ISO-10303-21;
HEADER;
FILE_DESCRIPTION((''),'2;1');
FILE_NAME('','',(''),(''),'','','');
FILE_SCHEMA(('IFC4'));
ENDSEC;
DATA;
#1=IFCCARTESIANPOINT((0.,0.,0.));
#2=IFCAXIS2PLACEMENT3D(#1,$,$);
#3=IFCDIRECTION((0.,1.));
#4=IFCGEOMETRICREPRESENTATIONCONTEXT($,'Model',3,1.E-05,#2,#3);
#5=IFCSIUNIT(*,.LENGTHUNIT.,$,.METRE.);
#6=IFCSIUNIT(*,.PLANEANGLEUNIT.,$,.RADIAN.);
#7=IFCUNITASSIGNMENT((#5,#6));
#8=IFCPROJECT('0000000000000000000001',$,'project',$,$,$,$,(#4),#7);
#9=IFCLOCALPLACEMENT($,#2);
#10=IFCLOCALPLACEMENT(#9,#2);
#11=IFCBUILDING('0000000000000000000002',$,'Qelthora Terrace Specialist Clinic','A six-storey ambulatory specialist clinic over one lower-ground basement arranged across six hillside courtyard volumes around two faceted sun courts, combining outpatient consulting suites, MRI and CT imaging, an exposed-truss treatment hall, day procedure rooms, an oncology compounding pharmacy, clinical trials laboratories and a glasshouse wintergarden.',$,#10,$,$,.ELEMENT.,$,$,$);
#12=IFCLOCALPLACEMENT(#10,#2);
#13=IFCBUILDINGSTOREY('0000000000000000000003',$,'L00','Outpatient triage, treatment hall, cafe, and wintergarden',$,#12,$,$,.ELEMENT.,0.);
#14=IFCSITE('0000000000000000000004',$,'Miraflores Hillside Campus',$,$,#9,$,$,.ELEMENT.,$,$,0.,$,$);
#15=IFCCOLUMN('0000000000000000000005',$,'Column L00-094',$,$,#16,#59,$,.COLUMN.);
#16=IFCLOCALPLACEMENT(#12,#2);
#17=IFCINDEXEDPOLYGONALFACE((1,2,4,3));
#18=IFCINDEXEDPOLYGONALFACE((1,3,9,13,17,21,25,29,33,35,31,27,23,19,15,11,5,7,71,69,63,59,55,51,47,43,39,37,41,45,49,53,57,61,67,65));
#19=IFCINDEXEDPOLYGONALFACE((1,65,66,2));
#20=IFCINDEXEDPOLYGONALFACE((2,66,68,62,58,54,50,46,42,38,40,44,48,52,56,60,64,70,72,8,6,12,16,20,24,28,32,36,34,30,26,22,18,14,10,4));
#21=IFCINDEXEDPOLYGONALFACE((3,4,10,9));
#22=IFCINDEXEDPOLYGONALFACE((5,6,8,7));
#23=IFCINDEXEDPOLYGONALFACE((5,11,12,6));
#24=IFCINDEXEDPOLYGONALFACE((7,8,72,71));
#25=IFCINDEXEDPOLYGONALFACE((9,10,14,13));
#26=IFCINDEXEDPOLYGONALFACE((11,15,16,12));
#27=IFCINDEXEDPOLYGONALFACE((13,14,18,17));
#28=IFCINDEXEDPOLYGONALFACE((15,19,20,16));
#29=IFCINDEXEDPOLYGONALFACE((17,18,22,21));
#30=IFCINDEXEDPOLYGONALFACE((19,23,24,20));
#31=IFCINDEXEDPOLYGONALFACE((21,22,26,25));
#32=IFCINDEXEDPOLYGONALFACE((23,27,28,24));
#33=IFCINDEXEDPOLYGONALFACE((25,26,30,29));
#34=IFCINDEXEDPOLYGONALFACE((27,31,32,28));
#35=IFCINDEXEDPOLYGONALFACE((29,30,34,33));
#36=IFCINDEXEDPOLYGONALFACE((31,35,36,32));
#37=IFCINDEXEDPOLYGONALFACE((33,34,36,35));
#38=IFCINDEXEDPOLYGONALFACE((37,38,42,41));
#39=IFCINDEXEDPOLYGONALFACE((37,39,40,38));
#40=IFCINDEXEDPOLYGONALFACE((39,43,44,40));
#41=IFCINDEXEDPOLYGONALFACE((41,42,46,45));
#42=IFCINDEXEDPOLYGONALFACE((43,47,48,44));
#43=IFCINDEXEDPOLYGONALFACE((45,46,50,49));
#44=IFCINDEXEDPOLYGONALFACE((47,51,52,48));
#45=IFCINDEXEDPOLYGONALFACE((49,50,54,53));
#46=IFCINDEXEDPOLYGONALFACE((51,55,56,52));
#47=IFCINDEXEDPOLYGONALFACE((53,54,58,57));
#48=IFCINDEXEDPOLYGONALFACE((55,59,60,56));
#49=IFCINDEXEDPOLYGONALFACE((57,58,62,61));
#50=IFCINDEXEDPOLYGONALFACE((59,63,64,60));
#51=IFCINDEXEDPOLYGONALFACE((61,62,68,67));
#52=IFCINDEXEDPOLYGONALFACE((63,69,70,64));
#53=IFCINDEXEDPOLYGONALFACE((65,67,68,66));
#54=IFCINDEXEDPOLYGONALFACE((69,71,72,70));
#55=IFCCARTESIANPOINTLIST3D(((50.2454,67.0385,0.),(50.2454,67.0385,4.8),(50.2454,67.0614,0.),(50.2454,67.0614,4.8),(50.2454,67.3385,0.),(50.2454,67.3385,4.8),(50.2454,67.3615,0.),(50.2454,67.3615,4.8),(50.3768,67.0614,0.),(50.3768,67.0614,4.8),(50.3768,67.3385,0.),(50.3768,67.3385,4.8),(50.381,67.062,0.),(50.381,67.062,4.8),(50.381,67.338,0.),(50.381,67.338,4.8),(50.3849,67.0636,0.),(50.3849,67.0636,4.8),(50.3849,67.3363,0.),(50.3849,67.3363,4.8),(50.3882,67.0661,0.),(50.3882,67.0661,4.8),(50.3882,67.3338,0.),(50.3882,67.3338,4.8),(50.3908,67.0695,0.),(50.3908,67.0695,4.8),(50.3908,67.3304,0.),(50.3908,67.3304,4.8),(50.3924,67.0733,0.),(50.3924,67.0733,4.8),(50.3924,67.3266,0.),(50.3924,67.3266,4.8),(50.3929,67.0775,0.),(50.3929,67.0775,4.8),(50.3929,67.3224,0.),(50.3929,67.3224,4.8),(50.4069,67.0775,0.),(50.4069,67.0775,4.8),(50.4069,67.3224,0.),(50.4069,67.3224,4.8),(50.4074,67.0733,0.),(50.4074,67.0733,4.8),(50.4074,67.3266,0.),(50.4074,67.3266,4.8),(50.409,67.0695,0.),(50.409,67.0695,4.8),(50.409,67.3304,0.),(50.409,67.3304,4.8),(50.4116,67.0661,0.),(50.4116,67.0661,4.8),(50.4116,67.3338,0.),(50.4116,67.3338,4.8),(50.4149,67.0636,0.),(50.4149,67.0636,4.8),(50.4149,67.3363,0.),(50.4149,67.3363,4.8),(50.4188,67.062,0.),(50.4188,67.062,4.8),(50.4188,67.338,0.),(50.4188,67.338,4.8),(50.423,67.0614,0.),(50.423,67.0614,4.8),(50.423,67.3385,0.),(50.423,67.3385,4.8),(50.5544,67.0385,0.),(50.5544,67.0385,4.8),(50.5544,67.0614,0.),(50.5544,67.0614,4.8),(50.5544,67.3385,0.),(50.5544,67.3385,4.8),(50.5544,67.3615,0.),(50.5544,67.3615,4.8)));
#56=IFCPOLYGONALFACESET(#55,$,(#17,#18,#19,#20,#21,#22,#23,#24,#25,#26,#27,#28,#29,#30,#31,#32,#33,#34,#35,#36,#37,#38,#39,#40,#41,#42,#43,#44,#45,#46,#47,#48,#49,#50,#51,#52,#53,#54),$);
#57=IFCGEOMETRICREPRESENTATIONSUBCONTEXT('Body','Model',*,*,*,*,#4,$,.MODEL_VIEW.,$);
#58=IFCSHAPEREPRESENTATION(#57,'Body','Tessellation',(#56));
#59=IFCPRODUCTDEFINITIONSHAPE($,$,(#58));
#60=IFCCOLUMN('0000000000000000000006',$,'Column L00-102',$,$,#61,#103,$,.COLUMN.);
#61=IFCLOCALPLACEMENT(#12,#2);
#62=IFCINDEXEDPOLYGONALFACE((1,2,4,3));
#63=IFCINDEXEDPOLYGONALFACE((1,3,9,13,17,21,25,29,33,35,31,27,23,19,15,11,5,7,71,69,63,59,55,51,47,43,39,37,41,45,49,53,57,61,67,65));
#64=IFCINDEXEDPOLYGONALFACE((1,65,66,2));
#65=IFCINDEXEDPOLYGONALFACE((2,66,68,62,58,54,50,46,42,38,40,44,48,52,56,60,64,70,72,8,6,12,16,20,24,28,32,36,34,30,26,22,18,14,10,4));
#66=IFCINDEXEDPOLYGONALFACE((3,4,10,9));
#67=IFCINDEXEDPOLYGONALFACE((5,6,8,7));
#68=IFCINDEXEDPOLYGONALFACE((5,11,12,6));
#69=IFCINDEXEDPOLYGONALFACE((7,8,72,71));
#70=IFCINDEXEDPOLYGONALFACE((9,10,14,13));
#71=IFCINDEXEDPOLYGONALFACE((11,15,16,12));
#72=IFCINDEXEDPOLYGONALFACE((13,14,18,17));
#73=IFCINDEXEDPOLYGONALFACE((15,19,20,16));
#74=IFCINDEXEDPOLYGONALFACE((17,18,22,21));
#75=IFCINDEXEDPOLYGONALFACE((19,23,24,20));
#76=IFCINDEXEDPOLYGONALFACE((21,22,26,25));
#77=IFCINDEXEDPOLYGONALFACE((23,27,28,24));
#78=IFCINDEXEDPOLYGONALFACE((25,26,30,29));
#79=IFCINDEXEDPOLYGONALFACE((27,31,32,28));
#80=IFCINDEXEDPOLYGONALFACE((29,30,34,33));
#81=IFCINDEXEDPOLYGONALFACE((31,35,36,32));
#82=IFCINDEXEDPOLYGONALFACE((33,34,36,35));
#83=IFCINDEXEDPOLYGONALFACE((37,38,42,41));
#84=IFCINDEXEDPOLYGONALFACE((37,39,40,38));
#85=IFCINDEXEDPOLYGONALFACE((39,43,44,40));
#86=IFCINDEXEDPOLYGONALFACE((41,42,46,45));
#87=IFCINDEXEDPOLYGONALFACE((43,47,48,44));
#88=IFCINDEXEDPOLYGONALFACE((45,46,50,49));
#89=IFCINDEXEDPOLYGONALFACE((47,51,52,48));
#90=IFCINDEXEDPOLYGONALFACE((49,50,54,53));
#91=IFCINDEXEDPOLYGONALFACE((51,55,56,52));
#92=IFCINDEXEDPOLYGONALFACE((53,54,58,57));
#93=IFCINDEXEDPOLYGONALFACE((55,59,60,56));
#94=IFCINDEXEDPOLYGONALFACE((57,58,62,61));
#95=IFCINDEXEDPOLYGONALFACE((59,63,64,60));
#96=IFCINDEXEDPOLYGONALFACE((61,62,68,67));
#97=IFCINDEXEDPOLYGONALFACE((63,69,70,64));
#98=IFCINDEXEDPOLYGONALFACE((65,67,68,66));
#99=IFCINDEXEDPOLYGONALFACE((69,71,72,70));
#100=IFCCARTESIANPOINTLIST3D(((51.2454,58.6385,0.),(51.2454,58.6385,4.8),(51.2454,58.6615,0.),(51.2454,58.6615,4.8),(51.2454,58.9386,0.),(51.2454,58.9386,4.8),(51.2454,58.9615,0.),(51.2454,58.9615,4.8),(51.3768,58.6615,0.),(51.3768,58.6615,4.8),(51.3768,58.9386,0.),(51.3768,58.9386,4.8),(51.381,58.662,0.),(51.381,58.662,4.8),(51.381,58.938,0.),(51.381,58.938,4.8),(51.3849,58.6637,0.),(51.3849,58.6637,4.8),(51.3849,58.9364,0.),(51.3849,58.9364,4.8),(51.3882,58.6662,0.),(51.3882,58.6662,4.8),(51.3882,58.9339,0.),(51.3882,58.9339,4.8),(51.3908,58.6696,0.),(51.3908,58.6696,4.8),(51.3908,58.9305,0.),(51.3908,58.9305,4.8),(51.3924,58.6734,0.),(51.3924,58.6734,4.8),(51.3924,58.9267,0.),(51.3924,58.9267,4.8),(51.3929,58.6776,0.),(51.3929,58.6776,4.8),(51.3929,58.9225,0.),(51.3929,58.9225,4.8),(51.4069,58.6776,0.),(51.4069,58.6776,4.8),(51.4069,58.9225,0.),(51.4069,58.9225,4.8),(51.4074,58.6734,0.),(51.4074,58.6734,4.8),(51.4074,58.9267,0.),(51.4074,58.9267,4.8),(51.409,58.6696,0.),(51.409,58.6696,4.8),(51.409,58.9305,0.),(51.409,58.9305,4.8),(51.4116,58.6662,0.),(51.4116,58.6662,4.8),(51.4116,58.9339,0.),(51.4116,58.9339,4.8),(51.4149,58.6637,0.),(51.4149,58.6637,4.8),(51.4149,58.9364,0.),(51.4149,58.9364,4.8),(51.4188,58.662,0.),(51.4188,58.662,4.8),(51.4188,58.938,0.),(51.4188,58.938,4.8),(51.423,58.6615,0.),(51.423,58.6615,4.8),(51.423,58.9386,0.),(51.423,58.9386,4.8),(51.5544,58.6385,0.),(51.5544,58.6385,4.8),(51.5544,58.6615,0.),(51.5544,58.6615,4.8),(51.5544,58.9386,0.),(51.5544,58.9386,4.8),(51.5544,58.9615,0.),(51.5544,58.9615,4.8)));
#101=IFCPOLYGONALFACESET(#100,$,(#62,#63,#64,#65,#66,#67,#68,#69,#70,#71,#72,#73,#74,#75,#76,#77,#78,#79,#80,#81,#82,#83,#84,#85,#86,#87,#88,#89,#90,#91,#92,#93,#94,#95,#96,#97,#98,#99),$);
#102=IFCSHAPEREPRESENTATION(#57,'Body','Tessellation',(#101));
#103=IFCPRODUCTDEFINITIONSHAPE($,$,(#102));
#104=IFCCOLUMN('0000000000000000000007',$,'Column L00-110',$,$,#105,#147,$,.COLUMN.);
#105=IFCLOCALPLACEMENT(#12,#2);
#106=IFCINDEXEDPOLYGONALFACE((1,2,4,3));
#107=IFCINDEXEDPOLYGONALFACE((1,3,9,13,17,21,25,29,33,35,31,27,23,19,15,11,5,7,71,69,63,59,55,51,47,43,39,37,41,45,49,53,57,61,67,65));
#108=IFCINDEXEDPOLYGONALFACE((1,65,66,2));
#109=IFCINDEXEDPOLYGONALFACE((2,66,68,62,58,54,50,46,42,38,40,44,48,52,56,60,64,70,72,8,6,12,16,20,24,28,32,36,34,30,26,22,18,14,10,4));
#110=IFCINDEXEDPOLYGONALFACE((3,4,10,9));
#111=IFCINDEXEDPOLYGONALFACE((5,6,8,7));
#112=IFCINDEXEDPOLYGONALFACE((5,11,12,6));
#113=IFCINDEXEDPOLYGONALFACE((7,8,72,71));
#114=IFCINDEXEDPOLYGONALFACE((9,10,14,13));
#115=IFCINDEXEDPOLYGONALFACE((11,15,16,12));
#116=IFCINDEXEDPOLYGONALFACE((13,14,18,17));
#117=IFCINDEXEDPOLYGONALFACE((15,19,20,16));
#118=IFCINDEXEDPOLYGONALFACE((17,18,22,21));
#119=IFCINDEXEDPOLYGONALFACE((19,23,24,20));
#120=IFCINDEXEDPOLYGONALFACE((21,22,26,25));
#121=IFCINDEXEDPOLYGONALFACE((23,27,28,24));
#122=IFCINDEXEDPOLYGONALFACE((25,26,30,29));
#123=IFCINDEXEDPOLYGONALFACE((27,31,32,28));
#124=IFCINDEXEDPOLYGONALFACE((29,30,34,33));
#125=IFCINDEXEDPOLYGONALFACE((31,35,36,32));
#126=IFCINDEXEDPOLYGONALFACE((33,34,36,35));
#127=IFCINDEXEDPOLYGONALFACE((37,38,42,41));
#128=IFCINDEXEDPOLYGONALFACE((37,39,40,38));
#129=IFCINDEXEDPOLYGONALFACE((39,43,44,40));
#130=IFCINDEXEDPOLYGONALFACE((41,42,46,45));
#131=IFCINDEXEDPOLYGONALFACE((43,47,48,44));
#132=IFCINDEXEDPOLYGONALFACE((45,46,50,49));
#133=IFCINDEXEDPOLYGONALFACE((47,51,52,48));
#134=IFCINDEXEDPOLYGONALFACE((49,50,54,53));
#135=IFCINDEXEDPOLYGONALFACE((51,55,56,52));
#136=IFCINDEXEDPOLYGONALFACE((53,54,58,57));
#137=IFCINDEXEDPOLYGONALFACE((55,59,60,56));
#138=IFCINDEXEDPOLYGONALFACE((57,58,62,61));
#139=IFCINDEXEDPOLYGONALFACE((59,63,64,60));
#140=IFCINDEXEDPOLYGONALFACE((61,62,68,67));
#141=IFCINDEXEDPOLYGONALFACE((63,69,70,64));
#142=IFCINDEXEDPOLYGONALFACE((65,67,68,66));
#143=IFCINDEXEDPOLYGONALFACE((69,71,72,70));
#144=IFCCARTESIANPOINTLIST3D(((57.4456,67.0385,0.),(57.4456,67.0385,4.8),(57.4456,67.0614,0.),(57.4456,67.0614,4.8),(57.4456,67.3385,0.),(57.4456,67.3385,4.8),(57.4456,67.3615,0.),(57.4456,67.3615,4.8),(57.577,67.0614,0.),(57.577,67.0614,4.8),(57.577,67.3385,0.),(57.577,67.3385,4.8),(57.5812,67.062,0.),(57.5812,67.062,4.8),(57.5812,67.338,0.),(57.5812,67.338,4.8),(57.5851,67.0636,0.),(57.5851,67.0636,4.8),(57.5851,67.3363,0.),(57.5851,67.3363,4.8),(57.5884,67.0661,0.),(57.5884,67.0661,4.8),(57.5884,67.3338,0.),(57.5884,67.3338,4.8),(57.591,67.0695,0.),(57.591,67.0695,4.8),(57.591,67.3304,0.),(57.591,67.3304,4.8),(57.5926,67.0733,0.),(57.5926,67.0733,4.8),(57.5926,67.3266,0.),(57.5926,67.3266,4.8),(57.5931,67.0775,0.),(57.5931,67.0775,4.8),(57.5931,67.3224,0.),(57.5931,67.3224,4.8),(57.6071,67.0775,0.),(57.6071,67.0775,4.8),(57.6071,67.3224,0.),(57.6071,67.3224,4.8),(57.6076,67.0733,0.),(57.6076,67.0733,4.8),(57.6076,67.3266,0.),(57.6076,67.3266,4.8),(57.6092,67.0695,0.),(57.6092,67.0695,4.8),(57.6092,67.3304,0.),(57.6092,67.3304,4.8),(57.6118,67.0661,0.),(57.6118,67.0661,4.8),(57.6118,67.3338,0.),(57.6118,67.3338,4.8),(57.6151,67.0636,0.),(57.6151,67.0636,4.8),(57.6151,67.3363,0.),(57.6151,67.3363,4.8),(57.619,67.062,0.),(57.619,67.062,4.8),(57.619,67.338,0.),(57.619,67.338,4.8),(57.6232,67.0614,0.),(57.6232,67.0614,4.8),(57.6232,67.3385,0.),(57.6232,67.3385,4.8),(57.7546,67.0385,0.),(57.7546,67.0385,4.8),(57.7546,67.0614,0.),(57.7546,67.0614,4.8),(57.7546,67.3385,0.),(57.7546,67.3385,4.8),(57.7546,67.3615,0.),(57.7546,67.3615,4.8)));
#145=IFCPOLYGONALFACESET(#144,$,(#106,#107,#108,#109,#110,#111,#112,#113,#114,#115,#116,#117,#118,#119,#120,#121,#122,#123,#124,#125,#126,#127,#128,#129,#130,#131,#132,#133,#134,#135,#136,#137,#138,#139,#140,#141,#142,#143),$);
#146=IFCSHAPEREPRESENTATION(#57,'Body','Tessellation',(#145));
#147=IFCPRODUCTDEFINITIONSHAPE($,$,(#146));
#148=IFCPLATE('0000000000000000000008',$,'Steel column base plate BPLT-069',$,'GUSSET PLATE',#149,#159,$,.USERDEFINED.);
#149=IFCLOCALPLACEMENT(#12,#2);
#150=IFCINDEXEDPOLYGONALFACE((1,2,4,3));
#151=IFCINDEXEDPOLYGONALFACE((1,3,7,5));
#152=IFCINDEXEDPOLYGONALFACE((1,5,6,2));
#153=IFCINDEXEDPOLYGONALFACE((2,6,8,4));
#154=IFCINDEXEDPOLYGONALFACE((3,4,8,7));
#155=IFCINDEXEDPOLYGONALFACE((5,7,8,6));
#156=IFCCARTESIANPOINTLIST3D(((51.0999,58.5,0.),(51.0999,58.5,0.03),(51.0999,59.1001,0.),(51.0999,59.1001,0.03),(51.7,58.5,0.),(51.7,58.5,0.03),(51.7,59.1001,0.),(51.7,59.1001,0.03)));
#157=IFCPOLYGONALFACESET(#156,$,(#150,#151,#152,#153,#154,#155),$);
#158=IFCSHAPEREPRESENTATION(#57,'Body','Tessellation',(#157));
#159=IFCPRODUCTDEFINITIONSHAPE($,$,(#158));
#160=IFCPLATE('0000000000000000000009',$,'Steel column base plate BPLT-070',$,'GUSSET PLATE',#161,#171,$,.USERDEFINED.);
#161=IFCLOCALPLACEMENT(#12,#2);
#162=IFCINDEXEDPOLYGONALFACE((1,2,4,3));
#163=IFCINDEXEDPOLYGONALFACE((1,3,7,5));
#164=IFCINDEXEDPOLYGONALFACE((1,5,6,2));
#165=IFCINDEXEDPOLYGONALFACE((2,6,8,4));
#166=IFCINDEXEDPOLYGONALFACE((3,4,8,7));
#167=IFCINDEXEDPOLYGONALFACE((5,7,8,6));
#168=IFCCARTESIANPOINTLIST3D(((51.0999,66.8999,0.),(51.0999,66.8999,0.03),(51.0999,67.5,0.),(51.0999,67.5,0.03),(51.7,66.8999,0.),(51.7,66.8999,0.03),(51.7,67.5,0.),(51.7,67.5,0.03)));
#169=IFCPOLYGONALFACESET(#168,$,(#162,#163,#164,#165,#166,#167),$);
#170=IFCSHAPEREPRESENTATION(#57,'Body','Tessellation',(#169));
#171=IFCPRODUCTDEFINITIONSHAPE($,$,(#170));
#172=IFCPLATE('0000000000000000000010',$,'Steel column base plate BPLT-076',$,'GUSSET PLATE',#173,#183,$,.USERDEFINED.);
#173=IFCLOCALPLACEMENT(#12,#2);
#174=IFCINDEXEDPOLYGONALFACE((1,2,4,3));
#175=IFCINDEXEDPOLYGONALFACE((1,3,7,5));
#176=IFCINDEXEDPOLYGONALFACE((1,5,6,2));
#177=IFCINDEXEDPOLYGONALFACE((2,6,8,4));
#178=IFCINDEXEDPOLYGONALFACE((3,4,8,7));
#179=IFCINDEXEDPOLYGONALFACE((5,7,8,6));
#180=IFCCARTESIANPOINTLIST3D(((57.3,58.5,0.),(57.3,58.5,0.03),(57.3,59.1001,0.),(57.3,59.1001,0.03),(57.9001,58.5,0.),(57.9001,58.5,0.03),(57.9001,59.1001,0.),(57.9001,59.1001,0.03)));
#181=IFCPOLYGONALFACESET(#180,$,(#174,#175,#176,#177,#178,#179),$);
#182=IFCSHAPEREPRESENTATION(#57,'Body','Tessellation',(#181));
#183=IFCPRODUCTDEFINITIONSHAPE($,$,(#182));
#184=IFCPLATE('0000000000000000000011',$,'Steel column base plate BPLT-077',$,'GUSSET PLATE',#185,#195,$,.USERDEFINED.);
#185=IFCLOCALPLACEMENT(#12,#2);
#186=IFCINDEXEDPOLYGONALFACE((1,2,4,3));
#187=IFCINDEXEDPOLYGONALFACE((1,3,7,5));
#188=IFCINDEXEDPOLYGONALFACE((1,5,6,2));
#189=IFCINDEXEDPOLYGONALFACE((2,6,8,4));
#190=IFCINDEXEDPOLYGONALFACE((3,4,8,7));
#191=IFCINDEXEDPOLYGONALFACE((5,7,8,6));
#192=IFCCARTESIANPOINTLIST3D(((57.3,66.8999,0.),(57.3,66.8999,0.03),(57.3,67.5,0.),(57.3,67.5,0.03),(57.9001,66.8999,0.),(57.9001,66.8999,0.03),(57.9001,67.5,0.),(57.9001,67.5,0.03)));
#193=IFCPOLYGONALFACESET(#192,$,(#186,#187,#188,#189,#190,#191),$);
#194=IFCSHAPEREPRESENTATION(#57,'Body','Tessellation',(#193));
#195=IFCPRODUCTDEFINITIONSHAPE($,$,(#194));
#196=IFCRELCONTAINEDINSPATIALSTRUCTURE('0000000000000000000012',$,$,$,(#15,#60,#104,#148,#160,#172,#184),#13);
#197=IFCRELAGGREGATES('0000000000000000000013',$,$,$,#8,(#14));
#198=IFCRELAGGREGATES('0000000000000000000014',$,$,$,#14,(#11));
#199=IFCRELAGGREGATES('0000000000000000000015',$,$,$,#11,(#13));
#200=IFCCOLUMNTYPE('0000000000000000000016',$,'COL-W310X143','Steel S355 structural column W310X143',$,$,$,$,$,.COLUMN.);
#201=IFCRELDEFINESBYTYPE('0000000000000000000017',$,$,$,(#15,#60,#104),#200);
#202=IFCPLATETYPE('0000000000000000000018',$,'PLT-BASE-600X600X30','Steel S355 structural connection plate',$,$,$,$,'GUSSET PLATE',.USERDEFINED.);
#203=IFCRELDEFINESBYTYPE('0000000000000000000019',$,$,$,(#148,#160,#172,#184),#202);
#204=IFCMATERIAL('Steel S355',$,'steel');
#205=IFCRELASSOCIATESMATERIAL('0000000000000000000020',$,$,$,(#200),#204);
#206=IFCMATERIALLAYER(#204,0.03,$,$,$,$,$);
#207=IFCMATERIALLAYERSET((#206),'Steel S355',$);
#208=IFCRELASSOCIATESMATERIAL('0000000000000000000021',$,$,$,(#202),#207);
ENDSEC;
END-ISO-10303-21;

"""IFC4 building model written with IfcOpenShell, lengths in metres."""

from ifc_helpers import new_model, si_unit, direction, frame, origin, origin_2d, place, context, subcontext, project, spatial, rectangle, i_section, extrude, material, layer, layer_set, material_profile, profile_set, type_object, element, save


model = new_model("IFC4")

# Units and contexts
model_context = context("Model", 3, precision=1e-05, world=origin(), true_north=direction((0.0, 1.0)))
body_context = subcontext(model_context, "Body", "Model", "MODEL_VIEW")
ifc_project = project(units=[si_unit("LENGTHUNIT", "METRE"), si_unit("PLANEANGLEUNIT", "RADIAN")], contexts=[model_context])

# Site, building, storey
site_placement = place(None, origin())
site = spatial("IfcSite", under=ifc_project, at=site_placement, Name="Miraflores Hillside Campus", CompositionType="ELEMENT", RefElevation=0.0)
building_placement = place(site_placement, origin())
building = spatial("IfcBuilding", under=site, at=building_placement, Name="Qelthora Terrace Specialist Clinic", Description="A six-storey ambulatory specialist clinic over one lower-ground basement arranged across six hillside courtyard volumes around two faceted sun courts, combining outpatient consulting suites, MRI and CT imaging, an exposed-truss treatment hall, day procedure rooms, an oncology compounding pharmacy, clinical trials laboratories and a glasshouse wintergarden.", CompositionType="ELEMENT")
storey_placement = place(building_placement, origin())
storey = spatial("IfcBuildingStorey", under=building, at=storey_placement, Name="L00", Description="Outpatient triage, treatment hall, cafe, and wintergarden", CompositionType="ELEMENT", Elevation=0.0)

# Columns
ifc_material_1 = material(Name="Steel S355", Category="steel")
ifc_material_profile_1 = material_profile(ifc_material_1, i_section(OverallWidth=0.3091, OverallDepth=0.323, WebThickness=0.0139, FlangeThickness=0.0229, FilletRadius=0.0161, at=origin_2d()), Name="W310X143")
ifc_profile_set_1 = profile_set([ifc_material_profile_1], Name="Steel S355")
column_type_1 = type_object("IfcColumnType", Name="COL-W310X143", Description="Steel S355 structural column W310X143", PredefinedType="COLUMN", material=ifc_profile_set_1)
for number, where, z_axis, x_axis, name in (
    (1, (50.3999, 67.2, 0.0), (0.0, 0.0, 1.0), (1.0, 0.0, 0.0), "Column L00-094"),
    (2, (51.3999, 58.8, 0.0), (0.0, 0.0, 1.0), (1.0, 0.0, 0.0), "Column L00-102"),
    (3, (57.6001, 67.2, 0.0), (0.0, 0.0, 1.0), (1.0, 0.0, 0.0), "Column L00-110"),
):
    element("IfcColumn", number, at=place(storey_placement, frame(where, z_axis=z_axis, x_axis=x_axis)), inside=storey, type_object=column_type_1, Name=name, PredefinedType="COLUMN", context=body_context, shape_type="SweptSolid", body=[
        extrude(i_section(OverallWidth=0.3091, OverallDepth=0.323, WebThickness=0.0139, FlangeThickness=0.0229, FilletRadius=0.0161, at=origin_2d()), origin(), (0.0, 0.0, 1.0), 4.8),
    ])

# Plates
ifc_layer_1 = layer(ifc_material_1, 0.03)
ifc_layer_set_1 = layer_set([ifc_layer_1], Name="Steel S355")
plate_type = type_object("IfcPlateType", Name="PLT-BASE-600X600X30", Description="Steel S355 structural connection plate", ElementType="GUSSET PLATE", PredefinedType="USERDEFINED", material=ifc_layer_set_1)
for number, where, z_axis, x_axis, name in (
    (4, (51.3999, 58.8, 0.0), (0.0, 0.0, 1.0), (1.0, 0.0, 0.0), "Steel column base plate BPLT-069"),
    (5, (51.3999, 67.2, 0.0), (0.0, 0.0, 1.0), (1.0, 0.0, 0.0), "Steel column base plate BPLT-070"),
    (6, (57.6001, 58.8, 0.0), (0.0, 0.0, 1.0), (1.0, 0.0, 0.0), "Steel column base plate BPLT-076"),
    (7, (57.6001, 67.2, 0.0), (0.0, 0.0, 1.0), (1.0, 0.0, 0.0), "Steel column base plate BPLT-077"),
):
    element("IfcPlate", number, at=place(storey_placement, frame(where, z_axis=z_axis, x_axis=x_axis)), inside=storey, type_object=plate_type, Name=name, ObjectType="GUSSET PLATE", PredefinedType="USERDEFINED", context=body_context, shape_type="SweptSolid", body=[
        extrude(rectangle(XDim=0.6001, YDim=0.6001, at=origin_2d()), origin(), (0.0, 0.0, 1.0), 0.03),
    ])

save(model, "model.ifc")
